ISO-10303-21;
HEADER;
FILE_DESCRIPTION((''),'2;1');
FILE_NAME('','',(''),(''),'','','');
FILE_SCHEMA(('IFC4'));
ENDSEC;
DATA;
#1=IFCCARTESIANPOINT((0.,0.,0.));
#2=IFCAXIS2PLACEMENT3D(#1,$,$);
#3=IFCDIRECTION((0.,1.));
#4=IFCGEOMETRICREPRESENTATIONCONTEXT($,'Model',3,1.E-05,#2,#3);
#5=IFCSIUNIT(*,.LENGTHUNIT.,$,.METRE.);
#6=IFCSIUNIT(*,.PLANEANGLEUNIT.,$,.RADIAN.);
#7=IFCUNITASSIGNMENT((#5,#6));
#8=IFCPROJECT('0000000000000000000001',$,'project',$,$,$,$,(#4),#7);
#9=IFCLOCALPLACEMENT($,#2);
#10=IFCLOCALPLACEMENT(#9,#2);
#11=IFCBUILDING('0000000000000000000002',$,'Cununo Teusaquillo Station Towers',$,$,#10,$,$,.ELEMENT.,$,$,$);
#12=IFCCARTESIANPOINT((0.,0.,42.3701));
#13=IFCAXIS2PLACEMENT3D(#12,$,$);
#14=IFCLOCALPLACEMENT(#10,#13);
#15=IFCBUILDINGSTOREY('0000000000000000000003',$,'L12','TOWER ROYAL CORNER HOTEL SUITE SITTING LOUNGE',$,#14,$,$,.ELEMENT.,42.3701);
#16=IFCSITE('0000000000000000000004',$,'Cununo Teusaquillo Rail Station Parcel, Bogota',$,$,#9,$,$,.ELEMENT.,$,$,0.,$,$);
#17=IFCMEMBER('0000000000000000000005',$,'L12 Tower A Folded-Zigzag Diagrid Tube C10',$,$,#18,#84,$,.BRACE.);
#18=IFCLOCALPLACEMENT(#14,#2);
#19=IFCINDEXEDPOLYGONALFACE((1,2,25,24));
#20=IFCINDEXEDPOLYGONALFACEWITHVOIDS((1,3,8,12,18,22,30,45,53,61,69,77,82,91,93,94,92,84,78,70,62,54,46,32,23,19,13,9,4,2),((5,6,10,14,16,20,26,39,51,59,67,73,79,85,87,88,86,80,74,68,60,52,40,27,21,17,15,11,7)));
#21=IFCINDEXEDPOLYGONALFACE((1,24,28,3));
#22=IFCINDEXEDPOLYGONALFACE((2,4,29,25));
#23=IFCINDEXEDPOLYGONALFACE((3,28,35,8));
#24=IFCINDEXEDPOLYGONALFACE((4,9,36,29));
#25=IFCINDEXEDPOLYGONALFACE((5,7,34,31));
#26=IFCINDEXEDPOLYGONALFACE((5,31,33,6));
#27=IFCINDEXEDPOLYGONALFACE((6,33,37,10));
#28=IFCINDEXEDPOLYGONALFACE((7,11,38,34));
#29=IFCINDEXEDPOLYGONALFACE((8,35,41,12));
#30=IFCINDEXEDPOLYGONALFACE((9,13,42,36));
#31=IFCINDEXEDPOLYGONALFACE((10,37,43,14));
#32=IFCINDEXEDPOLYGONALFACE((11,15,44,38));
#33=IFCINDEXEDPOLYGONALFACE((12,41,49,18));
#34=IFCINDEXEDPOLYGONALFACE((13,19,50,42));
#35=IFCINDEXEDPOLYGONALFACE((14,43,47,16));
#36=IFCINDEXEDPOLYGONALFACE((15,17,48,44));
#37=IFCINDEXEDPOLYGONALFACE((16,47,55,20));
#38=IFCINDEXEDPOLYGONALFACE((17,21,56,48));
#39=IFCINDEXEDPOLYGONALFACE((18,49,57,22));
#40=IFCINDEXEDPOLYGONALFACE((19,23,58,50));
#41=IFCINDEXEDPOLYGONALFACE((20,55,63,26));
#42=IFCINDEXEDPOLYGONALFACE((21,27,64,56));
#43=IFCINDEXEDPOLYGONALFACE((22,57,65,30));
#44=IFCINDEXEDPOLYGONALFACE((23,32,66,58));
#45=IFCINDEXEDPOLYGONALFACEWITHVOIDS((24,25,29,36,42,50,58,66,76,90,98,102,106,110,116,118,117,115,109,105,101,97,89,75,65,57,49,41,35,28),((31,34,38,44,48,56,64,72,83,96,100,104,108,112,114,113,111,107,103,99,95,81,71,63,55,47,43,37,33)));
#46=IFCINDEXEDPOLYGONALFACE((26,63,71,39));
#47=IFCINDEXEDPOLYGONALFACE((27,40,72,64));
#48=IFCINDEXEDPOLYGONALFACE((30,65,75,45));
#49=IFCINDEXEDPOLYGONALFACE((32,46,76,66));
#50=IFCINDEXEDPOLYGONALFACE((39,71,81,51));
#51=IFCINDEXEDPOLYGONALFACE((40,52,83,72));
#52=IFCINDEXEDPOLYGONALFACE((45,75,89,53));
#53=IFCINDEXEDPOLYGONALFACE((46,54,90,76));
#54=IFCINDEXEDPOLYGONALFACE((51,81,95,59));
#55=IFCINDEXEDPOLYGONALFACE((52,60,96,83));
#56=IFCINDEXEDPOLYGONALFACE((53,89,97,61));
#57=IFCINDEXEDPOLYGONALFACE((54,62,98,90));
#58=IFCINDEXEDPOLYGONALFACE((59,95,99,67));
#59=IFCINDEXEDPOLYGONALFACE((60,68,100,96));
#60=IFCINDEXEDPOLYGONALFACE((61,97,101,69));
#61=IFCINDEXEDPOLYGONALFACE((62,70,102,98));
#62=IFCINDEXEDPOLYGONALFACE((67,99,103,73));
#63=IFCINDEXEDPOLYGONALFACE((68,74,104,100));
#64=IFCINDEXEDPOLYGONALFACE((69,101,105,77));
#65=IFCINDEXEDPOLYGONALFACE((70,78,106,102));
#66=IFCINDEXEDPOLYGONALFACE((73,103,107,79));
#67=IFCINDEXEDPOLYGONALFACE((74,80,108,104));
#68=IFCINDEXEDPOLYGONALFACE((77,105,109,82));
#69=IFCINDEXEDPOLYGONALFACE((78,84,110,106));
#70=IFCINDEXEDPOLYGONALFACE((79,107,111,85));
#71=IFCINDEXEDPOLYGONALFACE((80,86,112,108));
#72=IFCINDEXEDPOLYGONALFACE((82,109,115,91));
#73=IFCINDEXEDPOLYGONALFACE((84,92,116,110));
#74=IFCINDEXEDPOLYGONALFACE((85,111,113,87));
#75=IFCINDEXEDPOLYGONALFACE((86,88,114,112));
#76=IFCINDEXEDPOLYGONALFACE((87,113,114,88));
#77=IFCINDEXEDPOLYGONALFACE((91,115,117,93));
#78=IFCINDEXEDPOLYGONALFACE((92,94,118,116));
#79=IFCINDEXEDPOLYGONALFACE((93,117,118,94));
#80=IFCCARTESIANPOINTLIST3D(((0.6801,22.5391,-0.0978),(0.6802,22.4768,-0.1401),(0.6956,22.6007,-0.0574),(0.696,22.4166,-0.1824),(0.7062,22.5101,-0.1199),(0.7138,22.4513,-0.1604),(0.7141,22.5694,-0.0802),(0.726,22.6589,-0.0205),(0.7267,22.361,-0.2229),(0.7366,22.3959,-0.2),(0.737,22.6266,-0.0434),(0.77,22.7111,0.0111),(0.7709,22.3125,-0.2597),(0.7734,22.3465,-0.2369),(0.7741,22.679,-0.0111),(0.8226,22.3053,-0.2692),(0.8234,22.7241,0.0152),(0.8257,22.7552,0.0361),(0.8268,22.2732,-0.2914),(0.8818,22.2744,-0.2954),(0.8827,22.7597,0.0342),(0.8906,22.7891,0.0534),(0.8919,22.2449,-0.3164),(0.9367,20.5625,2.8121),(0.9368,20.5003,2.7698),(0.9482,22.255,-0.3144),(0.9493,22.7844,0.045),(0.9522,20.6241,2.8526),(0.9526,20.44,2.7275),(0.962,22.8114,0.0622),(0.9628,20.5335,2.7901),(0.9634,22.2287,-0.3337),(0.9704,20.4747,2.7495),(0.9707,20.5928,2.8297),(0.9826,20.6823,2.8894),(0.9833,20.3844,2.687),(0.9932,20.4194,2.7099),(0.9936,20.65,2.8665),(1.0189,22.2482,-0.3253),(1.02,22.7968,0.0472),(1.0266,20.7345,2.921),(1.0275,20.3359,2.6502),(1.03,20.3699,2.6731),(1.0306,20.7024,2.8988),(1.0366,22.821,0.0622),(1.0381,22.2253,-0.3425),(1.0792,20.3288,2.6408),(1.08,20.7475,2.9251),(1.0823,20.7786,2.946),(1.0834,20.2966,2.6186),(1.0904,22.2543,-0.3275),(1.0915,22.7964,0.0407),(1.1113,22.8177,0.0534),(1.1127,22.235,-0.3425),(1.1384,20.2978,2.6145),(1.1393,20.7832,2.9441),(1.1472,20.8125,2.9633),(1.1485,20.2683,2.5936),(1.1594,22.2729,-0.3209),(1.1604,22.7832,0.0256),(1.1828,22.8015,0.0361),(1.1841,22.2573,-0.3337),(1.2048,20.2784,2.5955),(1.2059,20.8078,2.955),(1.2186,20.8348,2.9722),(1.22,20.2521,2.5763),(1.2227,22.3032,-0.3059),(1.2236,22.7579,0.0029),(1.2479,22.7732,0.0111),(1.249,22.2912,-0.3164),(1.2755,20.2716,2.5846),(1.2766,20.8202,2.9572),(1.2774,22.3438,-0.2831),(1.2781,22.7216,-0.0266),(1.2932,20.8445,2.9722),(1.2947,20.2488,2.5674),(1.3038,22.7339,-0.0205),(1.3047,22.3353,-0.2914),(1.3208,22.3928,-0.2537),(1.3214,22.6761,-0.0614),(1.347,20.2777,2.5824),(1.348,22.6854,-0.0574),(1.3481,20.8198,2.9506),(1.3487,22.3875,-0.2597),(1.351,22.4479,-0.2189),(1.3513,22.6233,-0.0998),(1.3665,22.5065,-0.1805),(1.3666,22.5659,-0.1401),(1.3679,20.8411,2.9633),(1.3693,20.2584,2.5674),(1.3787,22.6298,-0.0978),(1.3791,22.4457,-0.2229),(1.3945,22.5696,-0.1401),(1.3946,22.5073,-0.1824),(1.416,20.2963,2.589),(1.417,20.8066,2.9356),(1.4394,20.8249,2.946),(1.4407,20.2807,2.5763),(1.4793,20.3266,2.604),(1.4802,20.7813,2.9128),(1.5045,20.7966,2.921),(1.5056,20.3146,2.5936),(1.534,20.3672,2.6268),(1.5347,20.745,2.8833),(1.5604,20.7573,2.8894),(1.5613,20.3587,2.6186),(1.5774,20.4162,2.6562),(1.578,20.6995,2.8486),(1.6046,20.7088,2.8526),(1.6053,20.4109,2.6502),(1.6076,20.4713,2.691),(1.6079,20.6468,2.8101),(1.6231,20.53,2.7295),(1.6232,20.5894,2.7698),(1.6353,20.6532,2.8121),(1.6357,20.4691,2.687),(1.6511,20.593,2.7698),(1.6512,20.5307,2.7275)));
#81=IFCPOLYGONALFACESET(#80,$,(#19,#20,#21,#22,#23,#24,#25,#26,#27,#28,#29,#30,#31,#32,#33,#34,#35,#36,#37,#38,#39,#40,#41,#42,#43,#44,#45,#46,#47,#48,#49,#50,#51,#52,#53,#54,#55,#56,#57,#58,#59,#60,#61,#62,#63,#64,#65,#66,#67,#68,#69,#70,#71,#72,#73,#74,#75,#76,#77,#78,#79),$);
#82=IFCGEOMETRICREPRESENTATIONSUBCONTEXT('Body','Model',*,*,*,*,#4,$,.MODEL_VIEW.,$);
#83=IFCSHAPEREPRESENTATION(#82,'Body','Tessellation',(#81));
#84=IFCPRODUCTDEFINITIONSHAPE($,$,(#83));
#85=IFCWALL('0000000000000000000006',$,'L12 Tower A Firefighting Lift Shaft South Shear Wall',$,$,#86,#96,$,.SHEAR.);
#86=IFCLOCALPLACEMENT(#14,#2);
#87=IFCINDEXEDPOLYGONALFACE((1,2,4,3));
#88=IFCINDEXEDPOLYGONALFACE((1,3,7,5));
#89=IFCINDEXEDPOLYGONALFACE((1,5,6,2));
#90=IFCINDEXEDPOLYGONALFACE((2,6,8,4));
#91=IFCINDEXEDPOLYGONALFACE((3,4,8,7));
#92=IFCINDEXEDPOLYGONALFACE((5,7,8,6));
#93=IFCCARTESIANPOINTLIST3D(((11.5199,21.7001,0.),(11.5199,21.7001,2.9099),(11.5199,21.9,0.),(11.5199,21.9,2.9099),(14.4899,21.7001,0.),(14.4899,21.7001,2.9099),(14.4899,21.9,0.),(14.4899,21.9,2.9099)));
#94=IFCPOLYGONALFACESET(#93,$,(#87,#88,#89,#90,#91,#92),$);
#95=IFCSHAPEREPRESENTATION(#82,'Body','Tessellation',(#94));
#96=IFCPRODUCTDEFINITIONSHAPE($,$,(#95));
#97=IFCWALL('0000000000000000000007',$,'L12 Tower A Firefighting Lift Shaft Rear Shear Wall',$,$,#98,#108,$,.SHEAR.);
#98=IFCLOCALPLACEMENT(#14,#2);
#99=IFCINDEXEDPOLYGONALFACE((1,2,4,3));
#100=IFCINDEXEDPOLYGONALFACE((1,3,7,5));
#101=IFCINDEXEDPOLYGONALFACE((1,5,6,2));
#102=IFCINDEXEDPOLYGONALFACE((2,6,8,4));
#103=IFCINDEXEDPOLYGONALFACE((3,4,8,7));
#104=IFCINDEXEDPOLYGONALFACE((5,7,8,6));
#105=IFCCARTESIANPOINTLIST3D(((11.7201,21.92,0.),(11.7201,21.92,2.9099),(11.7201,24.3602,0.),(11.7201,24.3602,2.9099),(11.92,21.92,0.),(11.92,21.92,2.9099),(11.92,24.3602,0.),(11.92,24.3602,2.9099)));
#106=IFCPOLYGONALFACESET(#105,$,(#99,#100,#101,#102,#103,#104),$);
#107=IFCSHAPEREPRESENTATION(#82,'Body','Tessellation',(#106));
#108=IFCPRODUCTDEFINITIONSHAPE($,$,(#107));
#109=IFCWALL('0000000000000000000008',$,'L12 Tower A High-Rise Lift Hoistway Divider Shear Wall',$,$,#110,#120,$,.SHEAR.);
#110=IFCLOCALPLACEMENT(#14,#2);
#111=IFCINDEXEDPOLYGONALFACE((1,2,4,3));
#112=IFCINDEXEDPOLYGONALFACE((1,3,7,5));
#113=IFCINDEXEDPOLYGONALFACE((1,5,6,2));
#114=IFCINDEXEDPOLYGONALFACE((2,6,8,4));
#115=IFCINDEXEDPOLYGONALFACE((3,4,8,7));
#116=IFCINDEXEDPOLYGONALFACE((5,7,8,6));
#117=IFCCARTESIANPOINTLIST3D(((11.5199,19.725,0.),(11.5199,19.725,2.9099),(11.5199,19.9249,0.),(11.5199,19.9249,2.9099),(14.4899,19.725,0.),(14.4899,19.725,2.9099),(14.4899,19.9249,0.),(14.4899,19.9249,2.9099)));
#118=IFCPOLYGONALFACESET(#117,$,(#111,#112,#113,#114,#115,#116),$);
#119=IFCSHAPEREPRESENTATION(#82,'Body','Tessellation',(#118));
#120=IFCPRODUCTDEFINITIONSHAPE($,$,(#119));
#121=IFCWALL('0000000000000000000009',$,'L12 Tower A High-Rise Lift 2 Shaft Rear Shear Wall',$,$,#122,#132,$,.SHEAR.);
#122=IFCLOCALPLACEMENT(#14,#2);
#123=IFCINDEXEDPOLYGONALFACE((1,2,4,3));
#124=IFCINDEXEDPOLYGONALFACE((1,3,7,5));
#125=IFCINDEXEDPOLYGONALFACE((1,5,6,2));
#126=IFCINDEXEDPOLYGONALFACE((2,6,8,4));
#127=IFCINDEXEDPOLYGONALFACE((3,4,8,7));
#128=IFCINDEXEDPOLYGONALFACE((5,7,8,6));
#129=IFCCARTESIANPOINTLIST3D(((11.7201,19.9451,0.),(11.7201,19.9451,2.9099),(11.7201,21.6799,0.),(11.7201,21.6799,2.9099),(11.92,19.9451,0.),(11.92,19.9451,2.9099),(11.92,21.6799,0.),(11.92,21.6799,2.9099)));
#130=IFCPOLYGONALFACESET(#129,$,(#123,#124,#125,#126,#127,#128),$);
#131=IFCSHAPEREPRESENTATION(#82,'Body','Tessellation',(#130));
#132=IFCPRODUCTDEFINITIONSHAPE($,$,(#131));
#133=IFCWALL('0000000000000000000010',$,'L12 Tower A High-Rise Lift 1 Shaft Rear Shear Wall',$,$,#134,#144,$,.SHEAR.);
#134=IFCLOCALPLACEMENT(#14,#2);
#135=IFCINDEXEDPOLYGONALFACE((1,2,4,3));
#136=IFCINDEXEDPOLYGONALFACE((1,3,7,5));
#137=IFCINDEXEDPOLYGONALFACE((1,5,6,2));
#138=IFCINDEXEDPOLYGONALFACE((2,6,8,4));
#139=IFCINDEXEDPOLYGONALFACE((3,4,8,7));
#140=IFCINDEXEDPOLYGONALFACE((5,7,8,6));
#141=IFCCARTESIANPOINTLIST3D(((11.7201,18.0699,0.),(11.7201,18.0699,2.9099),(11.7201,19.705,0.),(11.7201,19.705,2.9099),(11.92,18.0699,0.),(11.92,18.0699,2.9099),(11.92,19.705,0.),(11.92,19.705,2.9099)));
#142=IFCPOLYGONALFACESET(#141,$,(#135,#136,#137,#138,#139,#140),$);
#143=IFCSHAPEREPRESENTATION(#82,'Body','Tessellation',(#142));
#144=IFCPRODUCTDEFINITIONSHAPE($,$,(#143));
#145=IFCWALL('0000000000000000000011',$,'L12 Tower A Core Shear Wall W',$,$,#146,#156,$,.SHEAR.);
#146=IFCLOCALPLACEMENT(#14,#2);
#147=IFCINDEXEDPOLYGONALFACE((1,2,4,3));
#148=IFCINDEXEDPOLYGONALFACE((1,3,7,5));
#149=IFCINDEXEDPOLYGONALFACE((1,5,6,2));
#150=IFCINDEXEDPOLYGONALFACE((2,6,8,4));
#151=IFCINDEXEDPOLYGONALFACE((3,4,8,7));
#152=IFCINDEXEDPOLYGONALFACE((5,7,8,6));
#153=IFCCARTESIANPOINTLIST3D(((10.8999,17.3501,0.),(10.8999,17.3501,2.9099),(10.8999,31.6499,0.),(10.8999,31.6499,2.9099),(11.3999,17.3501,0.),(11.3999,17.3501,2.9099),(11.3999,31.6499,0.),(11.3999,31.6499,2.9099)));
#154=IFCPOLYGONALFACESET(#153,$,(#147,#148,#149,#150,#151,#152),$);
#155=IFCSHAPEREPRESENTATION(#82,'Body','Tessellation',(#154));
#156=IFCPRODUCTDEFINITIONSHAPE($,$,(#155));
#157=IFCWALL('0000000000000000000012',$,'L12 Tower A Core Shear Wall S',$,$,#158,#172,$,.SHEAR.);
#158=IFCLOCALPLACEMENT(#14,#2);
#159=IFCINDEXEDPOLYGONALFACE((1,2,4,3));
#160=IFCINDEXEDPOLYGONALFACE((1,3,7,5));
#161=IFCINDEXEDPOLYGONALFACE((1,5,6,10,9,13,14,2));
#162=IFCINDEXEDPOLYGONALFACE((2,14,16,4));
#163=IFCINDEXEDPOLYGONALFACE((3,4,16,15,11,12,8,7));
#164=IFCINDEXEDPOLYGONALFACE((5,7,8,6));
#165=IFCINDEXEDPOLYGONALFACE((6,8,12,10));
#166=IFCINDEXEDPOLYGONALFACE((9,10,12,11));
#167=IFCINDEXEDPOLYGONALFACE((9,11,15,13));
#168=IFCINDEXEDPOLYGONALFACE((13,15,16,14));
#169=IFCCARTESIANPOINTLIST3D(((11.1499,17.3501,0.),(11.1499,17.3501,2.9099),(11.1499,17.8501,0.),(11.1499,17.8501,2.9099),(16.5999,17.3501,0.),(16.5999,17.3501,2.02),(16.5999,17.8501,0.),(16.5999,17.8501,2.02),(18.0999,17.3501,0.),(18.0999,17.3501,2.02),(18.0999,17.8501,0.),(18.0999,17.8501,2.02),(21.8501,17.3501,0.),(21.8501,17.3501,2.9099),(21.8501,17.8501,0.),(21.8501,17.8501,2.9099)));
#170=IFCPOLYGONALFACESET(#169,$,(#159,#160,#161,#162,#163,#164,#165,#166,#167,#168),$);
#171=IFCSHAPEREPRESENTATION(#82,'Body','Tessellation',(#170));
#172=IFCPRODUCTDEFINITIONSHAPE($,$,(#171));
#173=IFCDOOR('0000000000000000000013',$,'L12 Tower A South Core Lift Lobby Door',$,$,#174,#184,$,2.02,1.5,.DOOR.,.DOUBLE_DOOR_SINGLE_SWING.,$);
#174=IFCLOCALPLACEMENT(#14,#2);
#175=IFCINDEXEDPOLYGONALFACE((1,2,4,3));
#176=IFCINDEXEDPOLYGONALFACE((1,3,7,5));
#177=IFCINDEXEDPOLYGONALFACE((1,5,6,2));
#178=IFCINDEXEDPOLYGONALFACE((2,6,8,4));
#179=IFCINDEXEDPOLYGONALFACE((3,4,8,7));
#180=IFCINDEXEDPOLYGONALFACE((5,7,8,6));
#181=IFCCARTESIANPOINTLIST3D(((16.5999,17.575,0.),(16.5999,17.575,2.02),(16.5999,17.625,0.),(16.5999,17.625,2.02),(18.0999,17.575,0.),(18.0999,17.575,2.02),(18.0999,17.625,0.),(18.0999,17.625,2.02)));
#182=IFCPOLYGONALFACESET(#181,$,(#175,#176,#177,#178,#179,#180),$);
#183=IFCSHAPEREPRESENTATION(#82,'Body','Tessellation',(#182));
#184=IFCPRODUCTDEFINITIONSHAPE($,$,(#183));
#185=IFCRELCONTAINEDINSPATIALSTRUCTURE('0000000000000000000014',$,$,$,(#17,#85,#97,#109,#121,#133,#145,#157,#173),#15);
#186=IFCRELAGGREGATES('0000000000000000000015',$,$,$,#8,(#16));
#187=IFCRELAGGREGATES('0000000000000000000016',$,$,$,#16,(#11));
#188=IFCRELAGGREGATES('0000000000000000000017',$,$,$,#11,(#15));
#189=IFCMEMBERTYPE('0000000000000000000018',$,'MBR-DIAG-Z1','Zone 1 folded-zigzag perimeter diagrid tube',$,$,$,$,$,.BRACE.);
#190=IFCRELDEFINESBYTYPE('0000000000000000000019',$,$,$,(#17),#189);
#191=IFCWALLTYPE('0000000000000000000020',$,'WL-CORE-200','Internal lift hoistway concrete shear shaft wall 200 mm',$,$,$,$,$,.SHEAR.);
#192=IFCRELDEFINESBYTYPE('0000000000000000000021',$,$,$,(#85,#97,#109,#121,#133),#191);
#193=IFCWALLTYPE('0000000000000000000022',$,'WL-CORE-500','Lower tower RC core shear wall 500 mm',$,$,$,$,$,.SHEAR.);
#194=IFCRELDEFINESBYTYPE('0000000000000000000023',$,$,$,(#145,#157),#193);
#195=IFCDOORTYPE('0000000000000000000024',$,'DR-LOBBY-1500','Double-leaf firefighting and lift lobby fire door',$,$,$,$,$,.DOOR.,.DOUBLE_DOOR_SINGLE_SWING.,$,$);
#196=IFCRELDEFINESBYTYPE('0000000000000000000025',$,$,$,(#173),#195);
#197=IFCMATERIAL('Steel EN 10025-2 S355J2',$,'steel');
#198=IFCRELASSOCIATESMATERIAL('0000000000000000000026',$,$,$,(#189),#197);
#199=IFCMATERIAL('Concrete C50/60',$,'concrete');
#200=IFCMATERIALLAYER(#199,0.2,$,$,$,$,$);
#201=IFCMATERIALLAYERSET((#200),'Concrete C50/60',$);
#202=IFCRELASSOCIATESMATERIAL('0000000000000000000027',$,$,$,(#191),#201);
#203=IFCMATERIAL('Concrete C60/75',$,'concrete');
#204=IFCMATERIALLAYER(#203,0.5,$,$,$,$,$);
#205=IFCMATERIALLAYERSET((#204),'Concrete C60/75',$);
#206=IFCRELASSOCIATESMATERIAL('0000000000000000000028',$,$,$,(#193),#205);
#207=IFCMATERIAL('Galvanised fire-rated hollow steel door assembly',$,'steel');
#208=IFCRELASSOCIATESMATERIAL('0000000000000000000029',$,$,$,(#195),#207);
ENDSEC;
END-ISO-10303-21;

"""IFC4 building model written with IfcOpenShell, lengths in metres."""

from ifc_helpers import new_model, si_unit, direction, frame, frame_2d, origin, origin_2d, place, context, subcontext, project, spatial, rectangle, hollow_circle, extrude, source, transform, mapped, material, layer, layer_set, material_profile, profile_set, type_object, element, fill, save


model = new_model("IFC4")

# Units and contexts
model_context = context("Model", 3, precision=1e-05, world=origin(), true_north=direction((0.0, 1.0)))
body_context = subcontext(model_context, "Body", "Model", "MODEL_VIEW")
ifc_project = project(units=[si_unit("LENGTHUNIT", "METRE"), si_unit("PLANEANGLEUNIT", "RADIAN")], contexts=[model_context])

# Site, building, storey
site_placement = place(None, origin())
site = spatial("IfcSite", under=ifc_project, at=site_placement, Name="Cununo Teusaquillo Rail Station Parcel, Bogota", CompositionType="ELEMENT", RefElevation=0.0)
building_placement = place(site_placement, origin())
building = spatial("IfcBuilding", under=site, at=building_placement, Name="Cununo Teusaquillo Station Towers", CompositionType="ELEMENT")
storey_placement = place(building_placement, frame((0.0, 0.0, 42.3701)))
storey = spatial("IfcBuildingStorey", under=building, at=storey_placement, Name="L12", Description="TOWER ROYAL CORNER HOTEL SUITE SITTING LOUNGE", CompositionType="ELEMENT", Elevation=42.3701)

# Member
ifc_material_1 = material(Name="Steel EN 10025-2 S355J2", Category="steel")
ifc_material_profile_1 = material_profile(ifc_material_1, hollow_circle(Radius=0.3601, WallThickness=0.0281, at=origin_2d()), Name="CHS 720x28")
ifc_profile_set_1 = profile_set([ifc_material_profile_1], Name="Steel EN 10025-2 S355J2")
member_type = type_object("IfcMemberType", Name="MBR-DIAG-Z1", Description="Zone 1 folded-zigzag perimeter diagrid tube", PredefinedType="BRACE", material=ifc_profile_set_1)
member_placement = place(storey_placement, frame((1.0374, 22.5232, -0.1401), z_axis=(0.072749, -0.560398, 0.825022), x_axis=(0.991679, 0.128737, 0.0)))
element("IfcMember", 1, at=member_placement, inside=storey, type_object=member_type, Name="L12 Tower A Folded-Zigzag Diagrid Tube C10", PredefinedType="BRACE", context=body_context, shape_type="SweptSolid", body=[
    extrude(hollow_circle(Radius=0.3601, WallThickness=0.0281, at=origin_2d()), origin(), (0.0, 0.0, 1.0), 3.5271),
])

# Walls
ifc_material_2 = material(Name="Concrete C50/60", Category="concrete")
ifc_layer_1 = layer(ifc_material_2, 0.2)
ifc_layer_set_1 = layer_set([ifc_layer_1], Name="Concrete C50/60")
wall_type_1 = type_object("IfcWallType", Name="WL-CORE-200", Description="Internal lift hoistway concrete shear shaft wall 200 mm", PredefinedType="SHEAR", material=ifc_layer_set_1)
wall_1_placement = place(storey_placement, frame((11.52, 21.8, 0.0), z_axis=(0.0, 0.0, 1.0), x_axis=(1.0, 0.0, 0.0)))
element("IfcWall", 2, at=wall_1_placement, inside=storey, type_object=wall_type_1, Name="L12 Tower A Firefighting Lift Shaft South Shear Wall", PredefinedType="SHEAR", context=body_context, shape_type="SweptSolid", body=[
    extrude(rectangle(XDim=2.97, YDim=0.2, at=frame_2d((1.4849, 0.0))), origin(), (0.0, 0.0, 1.0), 2.9099),
])
wall_2_placement = place(storey_placement, frame((11.8201, 21.9199, 0.0), z_axis=(0.0, 0.0, 1.0), x_axis=(0.0, 1.0, 0.0)))
element("IfcWall", 3, at=wall_2_placement, inside=storey, type_object=wall_type_1, Name="L12 Tower A Firefighting Lift Shaft Rear Shear Wall", PredefinedType="SHEAR", context=body_context, shape_type="SweptSolid", body=[
    extrude(rectangle(XDim=2.4402, YDim=0.2, at=frame_2d((1.2202, 0.0))), origin(), (0.0, 0.0, 1.0), 2.9099),
])
wall_3_placement = place(storey_placement, frame((11.52, 19.825, 0.0), z_axis=(0.0, 0.0, 1.0), x_axis=(1.0, 0.0, 0.0)))
element("IfcWall", 4, at=wall_3_placement, inside=storey, type_object=wall_type_1, Name="L12 Tower A High-Rise Lift Hoistway Divider Shear Wall", PredefinedType="SHEAR", context=body_context, shape_type="SweptSolid", body=[
    extrude(rectangle(XDim=2.97, YDim=0.2, at=frame_2d((1.4849, 0.0))), origin(), (0.0, 0.0, 1.0), 2.9099),
])
wall_4_placement = place(storey_placement, frame((11.8201, 19.9451, 0.0), z_axis=(0.0, 0.0, 1.0), x_axis=(0.0, 1.0, 0.0)))
element("IfcWall", 5, at=wall_4_placement, inside=storey, type_object=wall_type_1, Name="L12 Tower A High-Rise Lift 2 Shaft Rear Shear Wall", PredefinedType="SHEAR", context=body_context, shape_type="SweptSolid", body=[
    extrude(rectangle(XDim=1.7349, YDim=0.2, at=frame_2d((0.8674, 0.0))), origin(), (0.0, 0.0, 1.0), 2.9099),
])
wall_5_placement = place(storey_placement, frame((11.8201, 18.0701, 0.0), z_axis=(0.0, 0.0, 1.0), x_axis=(0.0, 1.0, 0.0)))
element("IfcWall", 6, at=wall_5_placement, inside=storey, type_object=wall_type_1, Name="L12 Tower A High-Rise Lift 1 Shaft Rear Shear Wall", PredefinedType="SHEAR", context=body_context, shape_type="SweptSolid", body=[
    extrude(rectangle(XDim=1.635, YDim=0.2, at=frame_2d((0.8174, 0.0))), origin(), (0.0, 0.0, 1.0), 2.9099),
])
ifc_material_3 = material(Name="Concrete C60/75", Category="concrete")
ifc_layer_2 = layer(ifc_material_3, 0.5)
ifc_layer_set_2 = layer_set([ifc_layer_2], Name="Concrete C60/75")
wall_type_2 = type_object("IfcWallType", Name="WL-CORE-500", Description="Lower tower RC core shear wall 500 mm", PredefinedType="SHEAR", material=ifc_layer_set_2)
wall_6_placement = place(storey_placement, frame((11.1499, 17.3501, 0.0), z_axis=(0.0, 0.0, 1.0), x_axis=(0.0, 1.0, 0.0)))
element("IfcWall", 7, at=wall_6_placement, inside=storey, type_object=wall_type_2, Name="L12 Tower A Core Shear Wall W", PredefinedType="SHEAR", context=body_context, shape_type="SweptSolid", body=[
    extrude(rectangle(XDim=14.2998, YDim=0.5, at=frame_2d((7.1499, 0.0))), origin(), (0.0, 0.0, 1.0), 2.9099),
])

# Wall, opening, door
wall_7_placement = place(storey_placement, frame((11.1499, 17.6001, 0.0), z_axis=(0.0, 0.0, 1.0), x_axis=(1.0, 0.0, 0.0)))
wall_7 = element("IfcWall", 8, at=wall_7_placement, inside=storey, type_object=wall_type_2, Name="L12 Tower A Core Shear Wall S", PredefinedType="SHEAR", context=body_context, shape_type="SweptSolid", body=[
    extrude(rectangle(XDim=10.7002, YDim=0.5, at=frame_2d((5.3501, 0.0))), origin(), (0.0, 0.0, 1.0), 2.9099),
])
shared_shape_1 = source(origin(), body_context, "Body", "SweptSolid", [
    extrude(rectangle(XDim=1.5, YDim=2.02, at=frame_2d((0.75, 1.01))), frame((0.0, 0.26, 0.0), z_axis=(0.0, -1.0, 0.0), x_axis=(1.0, 0.0, 0.0)), (0.0, 0.0, 1.0), 0.52),
])
opening_1_placement = place(wall_7_placement, frame((5.45, 0.0, 0.0)))
opening_1 = element("IfcOpeningElement", 9, at=opening_1_placement, cuts=wall_7, PredefinedType="OPENING", context=body_context, shape_type="MappedRepresentation", body=[
    mapped(shared_shape_1, transform((0.0, 0.0, 0.0), x_axis=(1.0, 0.0, 0.0), y_axis=(0.0, 1.0, 0.0), z_axis=(0.0, 0.0, 1.0), scale=1.0)),
])
ifc_material_4 = material(Name="Galvanised fire-rated hollow steel door assembly", Category="steel")
door_type_1 = type_object("IfcDoorType", Name="DR-LOBBY-1500", Description="Double-leaf firefighting and lift lobby fire door", OperationType="DOUBLE_DOOR_SINGLE_SWING", PredefinedType="DOOR", material=ifc_material_4)
shared_shape_2 = source(origin(), body_context, "Body", "SweptSolid", [
    extrude(rectangle(XDim=1.5, YDim=2.02, at=frame_2d((0.75, 1.01))), frame((0.0, 0.0249, 0.0), z_axis=(0.0, -1.0, 0.0), x_axis=(1.0, 0.0, 0.0)), (0.0, 0.0, 1.0), 0.05),
])
door_1_placement = place(opening_1_placement, origin())
door_1 = element("IfcDoor", 10, at=door_1_placement, inside=storey, type_object=door_type_1, Name="L12 Tower A South Core Lift Lobby Door", OperationType="DOUBLE_DOOR_SINGLE_SWING", OverallHeight=2.02, OverallWidth=1.5, PredefinedType="DOOR", context=body_context, shape_type="MappedRepresentation", body=[
    mapped(shared_shape_2, transform((0.0, 0.0, 0.0), x_axis=(1.0, 0.0, 0.0), y_axis=(0.0, 1.0, 0.0), z_axis=(0.0, 0.0, 1.0), scale=1.0)),
])
fill(opening_1, door_1)

save(model, "model.ifc")
